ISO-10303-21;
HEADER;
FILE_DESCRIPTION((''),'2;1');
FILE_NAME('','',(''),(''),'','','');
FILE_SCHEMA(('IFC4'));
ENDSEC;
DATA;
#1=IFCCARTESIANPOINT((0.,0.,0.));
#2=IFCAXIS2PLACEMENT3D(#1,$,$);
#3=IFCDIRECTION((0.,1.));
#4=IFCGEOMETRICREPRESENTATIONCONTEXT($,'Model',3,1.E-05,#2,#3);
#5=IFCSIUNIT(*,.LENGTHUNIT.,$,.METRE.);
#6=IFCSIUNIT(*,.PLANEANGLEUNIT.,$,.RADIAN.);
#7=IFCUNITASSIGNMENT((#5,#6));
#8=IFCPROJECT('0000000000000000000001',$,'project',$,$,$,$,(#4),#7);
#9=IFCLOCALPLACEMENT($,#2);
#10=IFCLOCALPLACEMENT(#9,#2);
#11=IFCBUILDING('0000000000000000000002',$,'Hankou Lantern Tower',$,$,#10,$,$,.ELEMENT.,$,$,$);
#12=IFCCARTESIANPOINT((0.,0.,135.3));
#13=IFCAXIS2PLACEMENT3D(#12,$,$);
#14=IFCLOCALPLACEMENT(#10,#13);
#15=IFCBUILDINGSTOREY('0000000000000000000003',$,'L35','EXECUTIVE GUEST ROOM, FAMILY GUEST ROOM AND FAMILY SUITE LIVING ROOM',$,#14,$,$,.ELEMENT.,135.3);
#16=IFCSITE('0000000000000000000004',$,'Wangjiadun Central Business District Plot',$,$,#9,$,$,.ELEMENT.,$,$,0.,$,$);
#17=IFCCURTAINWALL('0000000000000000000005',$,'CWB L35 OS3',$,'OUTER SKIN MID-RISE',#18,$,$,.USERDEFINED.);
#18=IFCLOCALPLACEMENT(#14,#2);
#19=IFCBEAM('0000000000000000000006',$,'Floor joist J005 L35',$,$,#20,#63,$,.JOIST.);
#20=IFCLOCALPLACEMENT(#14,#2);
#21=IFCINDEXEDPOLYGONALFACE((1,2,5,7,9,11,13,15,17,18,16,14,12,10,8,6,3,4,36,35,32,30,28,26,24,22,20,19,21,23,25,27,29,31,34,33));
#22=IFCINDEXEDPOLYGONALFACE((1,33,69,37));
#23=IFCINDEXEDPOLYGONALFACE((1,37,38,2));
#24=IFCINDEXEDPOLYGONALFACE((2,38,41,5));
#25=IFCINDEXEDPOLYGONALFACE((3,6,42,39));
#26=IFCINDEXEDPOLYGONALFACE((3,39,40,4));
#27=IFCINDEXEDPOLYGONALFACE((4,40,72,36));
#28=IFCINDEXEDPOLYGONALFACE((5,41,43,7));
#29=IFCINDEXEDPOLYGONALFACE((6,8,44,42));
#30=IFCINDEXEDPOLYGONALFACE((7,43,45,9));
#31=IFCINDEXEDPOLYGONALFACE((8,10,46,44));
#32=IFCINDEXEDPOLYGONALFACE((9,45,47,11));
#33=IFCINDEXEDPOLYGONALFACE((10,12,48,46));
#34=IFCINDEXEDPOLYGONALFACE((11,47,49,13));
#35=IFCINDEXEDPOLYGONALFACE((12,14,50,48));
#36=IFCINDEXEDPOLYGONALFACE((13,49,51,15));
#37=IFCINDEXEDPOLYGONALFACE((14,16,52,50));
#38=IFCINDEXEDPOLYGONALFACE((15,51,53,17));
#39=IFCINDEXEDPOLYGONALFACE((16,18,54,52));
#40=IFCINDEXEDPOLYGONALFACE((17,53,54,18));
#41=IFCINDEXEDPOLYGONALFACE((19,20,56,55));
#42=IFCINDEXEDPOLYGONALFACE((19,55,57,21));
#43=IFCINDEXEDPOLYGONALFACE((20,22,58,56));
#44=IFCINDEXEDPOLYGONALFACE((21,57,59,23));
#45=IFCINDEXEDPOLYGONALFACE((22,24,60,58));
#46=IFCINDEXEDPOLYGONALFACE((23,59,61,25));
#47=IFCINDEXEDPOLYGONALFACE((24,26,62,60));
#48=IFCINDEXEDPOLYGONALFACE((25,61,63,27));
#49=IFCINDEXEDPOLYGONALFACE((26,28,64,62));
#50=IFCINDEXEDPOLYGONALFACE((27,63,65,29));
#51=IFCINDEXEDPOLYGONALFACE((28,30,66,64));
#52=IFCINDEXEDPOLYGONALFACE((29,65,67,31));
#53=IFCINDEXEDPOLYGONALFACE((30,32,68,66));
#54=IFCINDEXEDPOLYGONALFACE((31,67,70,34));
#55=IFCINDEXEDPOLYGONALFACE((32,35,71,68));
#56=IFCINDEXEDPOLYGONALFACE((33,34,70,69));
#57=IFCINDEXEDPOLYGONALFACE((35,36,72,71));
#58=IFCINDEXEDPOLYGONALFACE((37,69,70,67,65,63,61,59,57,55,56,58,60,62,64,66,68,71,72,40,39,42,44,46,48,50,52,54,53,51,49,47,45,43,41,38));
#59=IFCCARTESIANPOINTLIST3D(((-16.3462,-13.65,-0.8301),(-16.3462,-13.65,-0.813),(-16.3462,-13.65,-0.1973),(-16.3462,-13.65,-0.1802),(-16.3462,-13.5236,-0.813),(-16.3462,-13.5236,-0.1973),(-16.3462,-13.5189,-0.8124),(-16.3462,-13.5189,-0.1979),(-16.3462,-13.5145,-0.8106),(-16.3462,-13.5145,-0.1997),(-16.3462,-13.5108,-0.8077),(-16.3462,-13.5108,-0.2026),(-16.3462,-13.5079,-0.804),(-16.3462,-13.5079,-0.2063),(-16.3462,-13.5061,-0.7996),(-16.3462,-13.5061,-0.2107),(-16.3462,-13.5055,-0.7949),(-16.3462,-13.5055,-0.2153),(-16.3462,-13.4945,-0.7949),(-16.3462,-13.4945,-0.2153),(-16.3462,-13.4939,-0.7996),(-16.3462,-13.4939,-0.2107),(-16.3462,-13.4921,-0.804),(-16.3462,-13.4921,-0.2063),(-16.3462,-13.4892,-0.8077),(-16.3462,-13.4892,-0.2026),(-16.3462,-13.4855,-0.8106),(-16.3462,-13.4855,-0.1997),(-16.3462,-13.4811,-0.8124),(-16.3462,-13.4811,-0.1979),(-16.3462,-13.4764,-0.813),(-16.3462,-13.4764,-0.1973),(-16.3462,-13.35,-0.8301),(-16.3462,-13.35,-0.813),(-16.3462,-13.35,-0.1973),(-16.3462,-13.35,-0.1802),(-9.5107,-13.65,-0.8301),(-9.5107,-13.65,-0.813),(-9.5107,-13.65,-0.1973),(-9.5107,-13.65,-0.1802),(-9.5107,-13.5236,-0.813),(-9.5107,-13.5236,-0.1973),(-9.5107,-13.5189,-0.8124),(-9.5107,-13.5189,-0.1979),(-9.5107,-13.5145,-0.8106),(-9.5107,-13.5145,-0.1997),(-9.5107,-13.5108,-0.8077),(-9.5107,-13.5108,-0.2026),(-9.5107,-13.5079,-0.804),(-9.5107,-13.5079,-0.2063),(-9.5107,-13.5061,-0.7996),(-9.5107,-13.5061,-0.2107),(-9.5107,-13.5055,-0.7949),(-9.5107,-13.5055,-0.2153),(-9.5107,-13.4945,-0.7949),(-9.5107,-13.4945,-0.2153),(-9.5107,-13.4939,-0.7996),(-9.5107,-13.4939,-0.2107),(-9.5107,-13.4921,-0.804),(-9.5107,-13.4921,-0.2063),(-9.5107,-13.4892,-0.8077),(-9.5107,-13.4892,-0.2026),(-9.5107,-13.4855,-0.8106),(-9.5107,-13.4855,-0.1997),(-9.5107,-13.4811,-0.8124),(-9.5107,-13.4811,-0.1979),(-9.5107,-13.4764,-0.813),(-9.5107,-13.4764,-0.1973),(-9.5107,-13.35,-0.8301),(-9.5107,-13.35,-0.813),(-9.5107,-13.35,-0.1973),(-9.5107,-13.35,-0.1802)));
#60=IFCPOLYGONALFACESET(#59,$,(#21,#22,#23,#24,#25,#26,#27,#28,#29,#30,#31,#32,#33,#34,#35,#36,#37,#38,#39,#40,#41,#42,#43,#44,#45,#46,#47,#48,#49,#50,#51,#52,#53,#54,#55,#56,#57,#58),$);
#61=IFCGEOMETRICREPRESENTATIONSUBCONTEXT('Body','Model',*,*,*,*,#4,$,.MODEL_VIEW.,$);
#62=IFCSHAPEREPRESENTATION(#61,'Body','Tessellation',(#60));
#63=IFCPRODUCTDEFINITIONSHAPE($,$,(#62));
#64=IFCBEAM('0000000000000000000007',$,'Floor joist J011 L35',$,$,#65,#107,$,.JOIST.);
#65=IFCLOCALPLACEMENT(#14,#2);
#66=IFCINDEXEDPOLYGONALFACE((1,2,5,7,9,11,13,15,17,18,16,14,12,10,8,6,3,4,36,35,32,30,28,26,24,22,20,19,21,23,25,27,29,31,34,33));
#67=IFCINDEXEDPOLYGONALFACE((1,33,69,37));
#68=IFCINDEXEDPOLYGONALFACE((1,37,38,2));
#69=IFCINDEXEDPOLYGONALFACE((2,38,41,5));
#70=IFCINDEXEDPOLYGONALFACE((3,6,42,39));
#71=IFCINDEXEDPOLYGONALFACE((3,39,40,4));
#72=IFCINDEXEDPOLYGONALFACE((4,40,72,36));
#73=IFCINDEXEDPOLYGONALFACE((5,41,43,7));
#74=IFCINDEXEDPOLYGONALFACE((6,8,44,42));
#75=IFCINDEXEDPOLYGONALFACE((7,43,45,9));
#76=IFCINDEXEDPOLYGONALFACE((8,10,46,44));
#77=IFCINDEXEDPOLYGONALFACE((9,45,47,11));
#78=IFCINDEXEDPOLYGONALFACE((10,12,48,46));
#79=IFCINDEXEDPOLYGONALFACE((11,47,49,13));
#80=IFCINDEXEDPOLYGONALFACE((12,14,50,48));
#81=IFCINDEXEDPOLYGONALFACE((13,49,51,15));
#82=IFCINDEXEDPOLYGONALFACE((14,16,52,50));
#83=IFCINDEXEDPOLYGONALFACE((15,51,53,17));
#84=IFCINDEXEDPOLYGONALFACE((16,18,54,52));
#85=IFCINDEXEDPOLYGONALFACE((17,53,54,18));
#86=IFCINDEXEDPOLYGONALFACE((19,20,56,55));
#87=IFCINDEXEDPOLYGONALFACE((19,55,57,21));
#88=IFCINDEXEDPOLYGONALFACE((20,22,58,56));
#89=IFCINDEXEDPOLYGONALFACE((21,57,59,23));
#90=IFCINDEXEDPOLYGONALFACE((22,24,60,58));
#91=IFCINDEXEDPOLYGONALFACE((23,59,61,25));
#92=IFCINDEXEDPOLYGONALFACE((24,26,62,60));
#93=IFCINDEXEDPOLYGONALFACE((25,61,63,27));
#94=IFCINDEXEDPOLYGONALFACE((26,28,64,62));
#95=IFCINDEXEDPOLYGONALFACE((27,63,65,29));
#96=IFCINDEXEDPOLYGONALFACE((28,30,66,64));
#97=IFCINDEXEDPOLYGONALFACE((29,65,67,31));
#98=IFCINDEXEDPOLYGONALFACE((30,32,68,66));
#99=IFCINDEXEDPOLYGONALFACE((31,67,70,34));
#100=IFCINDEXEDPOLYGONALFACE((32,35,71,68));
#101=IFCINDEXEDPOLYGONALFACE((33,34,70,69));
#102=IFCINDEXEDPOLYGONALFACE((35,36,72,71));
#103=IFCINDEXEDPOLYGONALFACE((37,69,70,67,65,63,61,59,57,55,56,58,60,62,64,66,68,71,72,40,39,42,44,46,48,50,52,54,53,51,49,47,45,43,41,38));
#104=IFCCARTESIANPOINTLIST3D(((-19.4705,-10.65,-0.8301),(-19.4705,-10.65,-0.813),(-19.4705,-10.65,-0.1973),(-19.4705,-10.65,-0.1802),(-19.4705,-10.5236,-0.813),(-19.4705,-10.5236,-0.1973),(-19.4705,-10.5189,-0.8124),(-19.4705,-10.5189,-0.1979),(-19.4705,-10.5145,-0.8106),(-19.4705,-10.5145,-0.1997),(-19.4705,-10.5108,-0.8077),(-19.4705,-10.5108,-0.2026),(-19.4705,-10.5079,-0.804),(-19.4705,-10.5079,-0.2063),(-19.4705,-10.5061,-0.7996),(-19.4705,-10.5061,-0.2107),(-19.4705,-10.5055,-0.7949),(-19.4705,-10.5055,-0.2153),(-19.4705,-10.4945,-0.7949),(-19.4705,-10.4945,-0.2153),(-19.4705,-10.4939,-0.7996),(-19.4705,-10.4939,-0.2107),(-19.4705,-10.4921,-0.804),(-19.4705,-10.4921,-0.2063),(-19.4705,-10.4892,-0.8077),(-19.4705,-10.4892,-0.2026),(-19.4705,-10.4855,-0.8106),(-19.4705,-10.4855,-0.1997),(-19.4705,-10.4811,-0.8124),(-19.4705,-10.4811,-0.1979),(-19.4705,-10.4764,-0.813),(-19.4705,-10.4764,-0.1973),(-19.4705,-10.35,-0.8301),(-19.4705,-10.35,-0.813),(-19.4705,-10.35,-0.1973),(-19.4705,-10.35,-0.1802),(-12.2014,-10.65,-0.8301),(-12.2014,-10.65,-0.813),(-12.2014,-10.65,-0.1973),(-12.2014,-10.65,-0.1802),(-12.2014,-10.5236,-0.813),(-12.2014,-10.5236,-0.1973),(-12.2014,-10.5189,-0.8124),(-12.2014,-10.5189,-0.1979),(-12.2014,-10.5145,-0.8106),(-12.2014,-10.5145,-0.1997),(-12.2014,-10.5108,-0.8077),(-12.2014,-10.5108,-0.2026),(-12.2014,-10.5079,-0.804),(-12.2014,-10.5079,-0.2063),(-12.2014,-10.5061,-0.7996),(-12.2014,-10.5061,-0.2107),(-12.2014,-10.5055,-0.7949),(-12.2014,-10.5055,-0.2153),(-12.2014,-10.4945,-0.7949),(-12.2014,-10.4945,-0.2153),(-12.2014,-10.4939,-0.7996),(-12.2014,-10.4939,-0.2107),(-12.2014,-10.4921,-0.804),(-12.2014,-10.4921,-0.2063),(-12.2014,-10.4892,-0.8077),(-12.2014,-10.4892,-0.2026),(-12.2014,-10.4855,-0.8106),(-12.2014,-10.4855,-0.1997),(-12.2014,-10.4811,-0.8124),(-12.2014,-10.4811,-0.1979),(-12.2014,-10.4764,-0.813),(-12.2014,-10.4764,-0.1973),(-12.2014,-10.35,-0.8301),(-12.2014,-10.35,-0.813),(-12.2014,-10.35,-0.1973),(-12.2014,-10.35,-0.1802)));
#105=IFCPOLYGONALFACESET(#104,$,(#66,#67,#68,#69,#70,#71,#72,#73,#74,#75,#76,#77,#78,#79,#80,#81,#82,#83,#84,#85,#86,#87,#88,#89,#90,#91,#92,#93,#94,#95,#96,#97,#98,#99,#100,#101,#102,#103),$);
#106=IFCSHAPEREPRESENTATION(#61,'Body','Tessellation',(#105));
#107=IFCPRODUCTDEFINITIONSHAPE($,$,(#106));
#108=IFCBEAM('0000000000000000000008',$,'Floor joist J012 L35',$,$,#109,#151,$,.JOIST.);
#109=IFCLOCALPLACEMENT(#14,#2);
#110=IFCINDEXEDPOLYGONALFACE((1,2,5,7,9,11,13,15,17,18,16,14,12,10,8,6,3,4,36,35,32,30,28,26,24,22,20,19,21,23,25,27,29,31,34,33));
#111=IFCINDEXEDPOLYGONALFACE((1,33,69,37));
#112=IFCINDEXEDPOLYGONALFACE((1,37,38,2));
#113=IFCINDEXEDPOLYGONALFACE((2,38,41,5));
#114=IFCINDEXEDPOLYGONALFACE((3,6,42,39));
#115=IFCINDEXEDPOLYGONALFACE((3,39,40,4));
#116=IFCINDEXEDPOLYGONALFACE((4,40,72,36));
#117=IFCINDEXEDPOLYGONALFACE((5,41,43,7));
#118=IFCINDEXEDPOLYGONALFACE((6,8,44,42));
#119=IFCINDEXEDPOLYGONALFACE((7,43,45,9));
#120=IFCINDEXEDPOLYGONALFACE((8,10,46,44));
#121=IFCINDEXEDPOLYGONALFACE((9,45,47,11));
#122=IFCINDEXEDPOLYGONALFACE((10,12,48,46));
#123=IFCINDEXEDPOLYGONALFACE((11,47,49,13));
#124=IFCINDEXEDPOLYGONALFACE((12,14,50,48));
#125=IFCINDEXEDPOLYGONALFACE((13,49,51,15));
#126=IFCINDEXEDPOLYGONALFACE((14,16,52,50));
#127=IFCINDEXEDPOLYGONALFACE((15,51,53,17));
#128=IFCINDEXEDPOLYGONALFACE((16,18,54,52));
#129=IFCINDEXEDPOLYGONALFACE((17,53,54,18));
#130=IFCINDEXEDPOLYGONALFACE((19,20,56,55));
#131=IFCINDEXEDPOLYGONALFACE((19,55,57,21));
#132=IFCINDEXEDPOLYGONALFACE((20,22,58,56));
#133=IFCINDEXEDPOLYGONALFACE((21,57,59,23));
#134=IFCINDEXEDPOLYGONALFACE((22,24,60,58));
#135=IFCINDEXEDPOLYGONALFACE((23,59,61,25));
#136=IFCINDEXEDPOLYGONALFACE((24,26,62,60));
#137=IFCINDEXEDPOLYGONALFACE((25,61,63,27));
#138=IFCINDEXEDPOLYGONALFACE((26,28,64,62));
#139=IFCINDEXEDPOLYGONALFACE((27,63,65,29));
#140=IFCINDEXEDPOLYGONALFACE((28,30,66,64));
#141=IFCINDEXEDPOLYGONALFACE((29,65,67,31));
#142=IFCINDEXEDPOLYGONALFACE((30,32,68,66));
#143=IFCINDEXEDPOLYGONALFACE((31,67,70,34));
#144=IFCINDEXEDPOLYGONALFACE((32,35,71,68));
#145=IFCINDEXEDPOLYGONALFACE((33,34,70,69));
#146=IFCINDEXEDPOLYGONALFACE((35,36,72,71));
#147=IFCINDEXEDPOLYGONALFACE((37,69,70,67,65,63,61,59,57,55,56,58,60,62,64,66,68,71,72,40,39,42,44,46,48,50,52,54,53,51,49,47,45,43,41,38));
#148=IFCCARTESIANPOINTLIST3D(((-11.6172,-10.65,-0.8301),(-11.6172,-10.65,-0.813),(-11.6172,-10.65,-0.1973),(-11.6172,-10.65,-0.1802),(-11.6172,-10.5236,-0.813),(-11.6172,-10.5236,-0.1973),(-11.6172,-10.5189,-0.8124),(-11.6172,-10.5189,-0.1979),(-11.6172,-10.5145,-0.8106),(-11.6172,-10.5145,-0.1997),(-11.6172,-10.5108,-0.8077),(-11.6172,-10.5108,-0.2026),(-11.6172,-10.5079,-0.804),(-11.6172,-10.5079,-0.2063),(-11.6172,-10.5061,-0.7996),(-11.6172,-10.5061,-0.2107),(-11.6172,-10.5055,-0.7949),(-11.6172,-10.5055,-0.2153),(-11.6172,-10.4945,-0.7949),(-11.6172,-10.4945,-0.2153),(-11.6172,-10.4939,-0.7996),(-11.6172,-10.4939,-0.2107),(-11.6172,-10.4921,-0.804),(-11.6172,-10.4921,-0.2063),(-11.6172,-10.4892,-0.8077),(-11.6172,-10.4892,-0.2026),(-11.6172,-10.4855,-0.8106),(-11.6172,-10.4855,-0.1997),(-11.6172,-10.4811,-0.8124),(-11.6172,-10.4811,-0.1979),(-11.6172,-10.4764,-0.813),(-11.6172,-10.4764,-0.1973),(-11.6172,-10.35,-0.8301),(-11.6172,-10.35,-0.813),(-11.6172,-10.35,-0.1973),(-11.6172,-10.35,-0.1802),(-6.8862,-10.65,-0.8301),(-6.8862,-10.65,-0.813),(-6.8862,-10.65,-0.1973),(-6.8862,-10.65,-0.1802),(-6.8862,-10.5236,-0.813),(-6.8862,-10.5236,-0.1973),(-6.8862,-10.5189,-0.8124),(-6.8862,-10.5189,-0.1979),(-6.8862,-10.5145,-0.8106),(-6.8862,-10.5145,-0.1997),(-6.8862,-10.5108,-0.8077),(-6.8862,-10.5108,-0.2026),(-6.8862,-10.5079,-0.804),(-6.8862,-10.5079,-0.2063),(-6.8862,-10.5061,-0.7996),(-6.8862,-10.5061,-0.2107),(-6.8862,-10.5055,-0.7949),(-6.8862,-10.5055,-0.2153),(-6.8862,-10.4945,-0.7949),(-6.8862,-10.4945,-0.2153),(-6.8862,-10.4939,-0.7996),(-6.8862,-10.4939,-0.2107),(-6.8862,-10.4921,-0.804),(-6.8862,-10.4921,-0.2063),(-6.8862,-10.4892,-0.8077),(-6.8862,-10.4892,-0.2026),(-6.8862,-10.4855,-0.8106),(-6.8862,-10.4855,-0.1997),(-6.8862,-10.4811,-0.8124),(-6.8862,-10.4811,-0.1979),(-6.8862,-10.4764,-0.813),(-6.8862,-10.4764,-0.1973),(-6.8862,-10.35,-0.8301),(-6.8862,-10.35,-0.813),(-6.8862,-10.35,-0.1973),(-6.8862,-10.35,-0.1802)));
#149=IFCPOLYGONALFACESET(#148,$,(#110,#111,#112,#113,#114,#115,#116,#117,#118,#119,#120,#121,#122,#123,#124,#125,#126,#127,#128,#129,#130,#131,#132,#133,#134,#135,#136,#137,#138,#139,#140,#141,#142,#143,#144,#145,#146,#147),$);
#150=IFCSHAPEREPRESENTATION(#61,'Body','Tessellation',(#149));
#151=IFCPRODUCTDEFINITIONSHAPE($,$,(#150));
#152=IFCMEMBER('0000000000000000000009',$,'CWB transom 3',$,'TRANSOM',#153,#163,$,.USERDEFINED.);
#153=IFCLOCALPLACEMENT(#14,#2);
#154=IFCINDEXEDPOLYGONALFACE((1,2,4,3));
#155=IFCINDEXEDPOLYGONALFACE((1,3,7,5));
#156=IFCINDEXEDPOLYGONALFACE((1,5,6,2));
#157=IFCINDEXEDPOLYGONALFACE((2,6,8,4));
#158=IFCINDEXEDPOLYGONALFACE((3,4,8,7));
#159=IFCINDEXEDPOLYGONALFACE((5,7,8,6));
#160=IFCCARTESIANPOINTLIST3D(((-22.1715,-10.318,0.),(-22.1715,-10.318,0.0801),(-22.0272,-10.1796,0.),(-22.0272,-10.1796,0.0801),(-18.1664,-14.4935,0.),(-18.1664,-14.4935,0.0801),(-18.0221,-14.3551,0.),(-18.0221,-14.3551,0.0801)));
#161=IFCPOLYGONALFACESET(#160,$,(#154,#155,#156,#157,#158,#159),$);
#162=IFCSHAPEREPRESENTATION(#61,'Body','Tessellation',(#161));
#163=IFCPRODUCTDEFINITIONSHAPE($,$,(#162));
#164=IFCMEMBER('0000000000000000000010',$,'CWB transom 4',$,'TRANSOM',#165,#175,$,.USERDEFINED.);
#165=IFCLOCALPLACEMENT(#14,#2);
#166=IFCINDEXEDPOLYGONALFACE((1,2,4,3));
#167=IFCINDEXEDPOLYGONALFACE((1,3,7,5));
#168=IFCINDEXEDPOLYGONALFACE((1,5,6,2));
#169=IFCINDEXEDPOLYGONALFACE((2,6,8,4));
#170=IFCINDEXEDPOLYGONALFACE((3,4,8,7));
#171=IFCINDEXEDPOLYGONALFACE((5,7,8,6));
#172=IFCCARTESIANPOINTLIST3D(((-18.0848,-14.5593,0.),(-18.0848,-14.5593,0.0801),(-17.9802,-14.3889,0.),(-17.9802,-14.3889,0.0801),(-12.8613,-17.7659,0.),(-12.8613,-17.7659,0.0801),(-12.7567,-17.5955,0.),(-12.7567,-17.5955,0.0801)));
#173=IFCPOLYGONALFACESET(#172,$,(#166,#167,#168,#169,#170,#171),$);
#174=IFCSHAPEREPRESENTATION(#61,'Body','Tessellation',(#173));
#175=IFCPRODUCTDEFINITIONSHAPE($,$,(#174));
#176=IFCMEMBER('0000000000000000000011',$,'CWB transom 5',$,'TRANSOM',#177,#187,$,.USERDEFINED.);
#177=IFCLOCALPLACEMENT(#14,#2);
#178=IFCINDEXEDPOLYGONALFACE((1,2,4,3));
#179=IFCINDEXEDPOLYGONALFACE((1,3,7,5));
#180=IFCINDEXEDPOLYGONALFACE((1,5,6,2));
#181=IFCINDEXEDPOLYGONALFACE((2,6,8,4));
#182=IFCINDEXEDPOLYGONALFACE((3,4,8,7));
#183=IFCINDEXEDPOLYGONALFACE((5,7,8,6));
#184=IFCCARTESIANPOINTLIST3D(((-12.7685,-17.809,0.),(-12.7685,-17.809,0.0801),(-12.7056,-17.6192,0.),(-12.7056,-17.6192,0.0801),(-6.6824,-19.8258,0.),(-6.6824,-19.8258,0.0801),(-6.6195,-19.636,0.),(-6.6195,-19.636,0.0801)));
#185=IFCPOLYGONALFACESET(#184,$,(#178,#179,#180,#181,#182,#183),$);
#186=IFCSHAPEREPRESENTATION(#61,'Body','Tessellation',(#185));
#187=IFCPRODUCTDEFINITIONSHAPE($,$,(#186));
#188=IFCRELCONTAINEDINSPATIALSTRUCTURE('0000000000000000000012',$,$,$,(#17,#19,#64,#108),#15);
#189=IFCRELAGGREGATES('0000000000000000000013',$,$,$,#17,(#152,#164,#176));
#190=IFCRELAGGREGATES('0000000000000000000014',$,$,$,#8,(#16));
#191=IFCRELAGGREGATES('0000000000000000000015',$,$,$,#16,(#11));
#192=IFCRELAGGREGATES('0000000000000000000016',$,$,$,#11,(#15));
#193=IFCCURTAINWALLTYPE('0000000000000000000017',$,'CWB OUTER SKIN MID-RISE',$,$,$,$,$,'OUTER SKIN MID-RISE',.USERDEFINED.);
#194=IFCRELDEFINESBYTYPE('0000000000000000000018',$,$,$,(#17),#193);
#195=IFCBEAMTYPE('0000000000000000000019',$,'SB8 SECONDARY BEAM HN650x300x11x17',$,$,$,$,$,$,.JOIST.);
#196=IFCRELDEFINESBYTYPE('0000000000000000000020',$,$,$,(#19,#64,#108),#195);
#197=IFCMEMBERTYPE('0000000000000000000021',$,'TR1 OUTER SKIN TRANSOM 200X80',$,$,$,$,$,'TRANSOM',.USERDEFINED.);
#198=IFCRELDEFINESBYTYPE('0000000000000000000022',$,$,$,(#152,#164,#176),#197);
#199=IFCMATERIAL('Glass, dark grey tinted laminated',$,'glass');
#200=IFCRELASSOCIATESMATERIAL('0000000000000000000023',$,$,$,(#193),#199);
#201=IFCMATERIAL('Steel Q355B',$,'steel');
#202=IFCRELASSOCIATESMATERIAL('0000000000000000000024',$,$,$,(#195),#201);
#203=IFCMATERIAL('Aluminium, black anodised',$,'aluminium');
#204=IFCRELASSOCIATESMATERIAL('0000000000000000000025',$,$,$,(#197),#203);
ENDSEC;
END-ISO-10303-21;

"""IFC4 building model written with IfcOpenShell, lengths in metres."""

from ifc_helpers import new_model, si_unit, direction, frame, origin, origin_2d, place, context, subcontext, project, spatial, rectangle, i_section, extrude, material, material_profile, profile_set, type_object, element, aggregate, save


model = new_model("IFC4")

# Units and contexts
model_context = context("Model", 3, precision=1e-05, world=origin(), true_north=direction((0.0, 1.0)))
body_context = subcontext(model_context, "Body", "Model", "MODEL_VIEW")
ifc_project = project(units=[si_unit("LENGTHUNIT", "METRE"), si_unit("PLANEANGLEUNIT", "RADIAN")], contexts=[model_context])

# Site, building, storey
site_placement = place(None, origin())
site = spatial("IfcSite", under=ifc_project, at=site_placement, Name="Wangjiadun Central Business District Plot", CompositionType="ELEMENT", RefElevation=0.0)
building_placement = place(site_placement, origin())
building = spatial("IfcBuilding", under=site, at=building_placement, Name="Hankou Lantern Tower", CompositionType="ELEMENT")
storey_placement = place(building_placement, frame((0.0, 0.0, 135.3)))
storey = spatial("IfcBuildingStorey", under=building, at=storey_placement, Name="L35", Description="EXECUTIVE GUEST ROOM, FAMILY GUEST ROOM AND FAMILY SUITE LIVING ROOM", CompositionType="ELEMENT", Elevation=135.3)

# Curtain wall
ifc_material_1 = material(Name="Glass, dark grey tinted laminated", Category="glass")
curtain_wall_type = type_object("IfcCurtainWallType", Name="CWB OUTER SKIN MID-RISE", ElementType="OUTER SKIN MID-RISE", PredefinedType="USERDEFINED", material=ifc_material_1)
curtain_wall_placement = place(storey_placement, origin())
curtain_wall = element("IfcCurtainWall", 1, at=curtain_wall_placement, inside=storey, type_object=curtain_wall_type, Name="CWB L35 OS3", ObjectType="OUTER SKIN MID-RISE", PredefinedType="USERDEFINED")

# Beams
ifc_material_2 = material(Name="Steel Q355B", Category="steel")
ifc_material_profile_1 = material_profile(ifc_material_2, i_section(OverallWidth=0.3, OverallDepth=0.6499, WebThickness=0.011, FlangeThickness=0.0171, FilletRadius=0.0181, at=origin_2d()), Name="HN650x300x11x17")
ifc_profile_set_1 = profile_set([ifc_material_profile_1], Name="Steel Q355B")
beam_type_1 = type_object("IfcBeamType", Name="SB8 SECONDARY BEAM HN650x300x11x17", PredefinedType="JOIST", material=ifc_profile_set_1)
beam_1_placement = place(storey_placement, frame((-16.3462, -13.5, -0.5051), z_axis=(1.0, 0.0, 0.0), x_axis=(0.0, 1.0, 0.0)))
element("IfcBeam", 2, at=beam_1_placement, inside=storey, type_object=beam_type_1, Name="Floor joist J005 L35", PredefinedType="JOIST", context=body_context, shape_type="SweptSolid", body=[
    extrude(i_section(OverallWidth=0.3, OverallDepth=0.6499, WebThickness=0.011, FlangeThickness=0.0171, FilletRadius=0.0181, at=origin_2d()), origin(), (0.0, 0.0, 1.0), 6.8354),
])
beam_2_placement = place(storey_placement, frame((-19.4705, -10.5, -0.5051), z_axis=(1.0, 0.0, 0.0), x_axis=(0.0, 1.0, 0.0)))
element("IfcBeam", 3, at=beam_2_placement, inside=storey, type_object=beam_type_1, Name="Floor joist J011 L35", PredefinedType="JOIST", context=body_context, shape_type="SweptSolid", body=[
    extrude(i_section(OverallWidth=0.3, OverallDepth=0.6499, WebThickness=0.011, FlangeThickness=0.0171, FilletRadius=0.0181, at=origin_2d()), origin(), (0.0, 0.0, 1.0), 7.269),
])
beam_3_placement = place(storey_placement, frame((-11.6172, -10.5, -0.5051), z_axis=(1.0, 0.0, 0.0), x_axis=(0.0, 1.0, 0.0)))
element("IfcBeam", 4, at=beam_3_placement, inside=storey, type_object=beam_type_1, Name="Floor joist J012 L35", PredefinedType="JOIST", context=body_context, shape_type="SweptSolid", body=[
    extrude(i_section(OverallWidth=0.3, OverallDepth=0.6499, WebThickness=0.011, FlangeThickness=0.0171, FilletRadius=0.0181, at=origin_2d()), origin(), (0.0, 0.0, 1.0), 4.731),
])

# Members
ifc_material_3 = material(Name="Aluminium, black anodised", Category="aluminium")
ifc_material_profile_2 = material_profile(ifc_material_3, rectangle(XDim=0.2, YDim=0.0801, at=origin_2d()), Name="TR1 200X80")
ifc_profile_set_2 = profile_set([ifc_material_profile_2], Name="Aluminium, black anodised")
member_type_1 = type_object("IfcMemberType", Name="TR1 OUTER SKIN TRANSOM 200X80", ElementType="TRANSOM", PredefinedType="USERDEFINED", material=ifc_profile_set_2)
member_1_placement = place(storey_placement, frame((-22.0994, -10.2488, 0.04), z_axis=(0.692227, -0.72168, 0.0), x_axis=(0.72168, 0.692227, 0.0)))
member_1 = element("IfcMember", 5, at=member_1_placement, type_object=member_type_1, Name="CWB transom 3", ObjectType="TRANSOM", PredefinedType="USERDEFINED", context=body_context, shape_type="SweptSolid", body=[
    extrude(rectangle(XDim=0.2, YDim=0.0801, at=origin_2d()), origin(), (0.0, 0.0, 1.0), 5.7859),
])
member_2_placement = place(storey_placement, frame((-18.0325, -14.4741, 0.04), z_axis=(0.852229, -0.523168, 0.0), x_axis=(0.523168, 0.852229, 0.0)))
member_2 = element("IfcMember", 6, at=member_2_placement, type_object=member_type_1, Name="CWB transom 4", ObjectType="TRANSOM", PredefinedType="USERDEFINED", context=body_context, shape_type="SweptSolid", body=[
    extrude(rectangle(XDim=0.2, YDim=0.0801, at=origin_2d()), origin(), (0.0, 0.0, 1.0), 6.1292),
])
member_3_placement = place(storey_placement, frame((-12.7371, -17.7141, 0.04), z_axis=(0.949238, -0.314559, 0.0), x_axis=(0.314559, 0.949238, 0.0)))
member_3 = element("IfcMember", 7, at=member_3_placement, type_object=member_type_1, Name="CWB transom 5", ObjectType="TRANSOM", PredefinedType="USERDEFINED", context=body_context, shape_type="SweptSolid", body=[
    extrude(rectangle(XDim=0.2, YDim=0.0801, at=origin_2d()), origin(), (0.0, 0.0, 1.0), 6.4116),
])

aggregate(curtain_wall, [member_1, member_2, member_3])

save(model, "model.ifc")
